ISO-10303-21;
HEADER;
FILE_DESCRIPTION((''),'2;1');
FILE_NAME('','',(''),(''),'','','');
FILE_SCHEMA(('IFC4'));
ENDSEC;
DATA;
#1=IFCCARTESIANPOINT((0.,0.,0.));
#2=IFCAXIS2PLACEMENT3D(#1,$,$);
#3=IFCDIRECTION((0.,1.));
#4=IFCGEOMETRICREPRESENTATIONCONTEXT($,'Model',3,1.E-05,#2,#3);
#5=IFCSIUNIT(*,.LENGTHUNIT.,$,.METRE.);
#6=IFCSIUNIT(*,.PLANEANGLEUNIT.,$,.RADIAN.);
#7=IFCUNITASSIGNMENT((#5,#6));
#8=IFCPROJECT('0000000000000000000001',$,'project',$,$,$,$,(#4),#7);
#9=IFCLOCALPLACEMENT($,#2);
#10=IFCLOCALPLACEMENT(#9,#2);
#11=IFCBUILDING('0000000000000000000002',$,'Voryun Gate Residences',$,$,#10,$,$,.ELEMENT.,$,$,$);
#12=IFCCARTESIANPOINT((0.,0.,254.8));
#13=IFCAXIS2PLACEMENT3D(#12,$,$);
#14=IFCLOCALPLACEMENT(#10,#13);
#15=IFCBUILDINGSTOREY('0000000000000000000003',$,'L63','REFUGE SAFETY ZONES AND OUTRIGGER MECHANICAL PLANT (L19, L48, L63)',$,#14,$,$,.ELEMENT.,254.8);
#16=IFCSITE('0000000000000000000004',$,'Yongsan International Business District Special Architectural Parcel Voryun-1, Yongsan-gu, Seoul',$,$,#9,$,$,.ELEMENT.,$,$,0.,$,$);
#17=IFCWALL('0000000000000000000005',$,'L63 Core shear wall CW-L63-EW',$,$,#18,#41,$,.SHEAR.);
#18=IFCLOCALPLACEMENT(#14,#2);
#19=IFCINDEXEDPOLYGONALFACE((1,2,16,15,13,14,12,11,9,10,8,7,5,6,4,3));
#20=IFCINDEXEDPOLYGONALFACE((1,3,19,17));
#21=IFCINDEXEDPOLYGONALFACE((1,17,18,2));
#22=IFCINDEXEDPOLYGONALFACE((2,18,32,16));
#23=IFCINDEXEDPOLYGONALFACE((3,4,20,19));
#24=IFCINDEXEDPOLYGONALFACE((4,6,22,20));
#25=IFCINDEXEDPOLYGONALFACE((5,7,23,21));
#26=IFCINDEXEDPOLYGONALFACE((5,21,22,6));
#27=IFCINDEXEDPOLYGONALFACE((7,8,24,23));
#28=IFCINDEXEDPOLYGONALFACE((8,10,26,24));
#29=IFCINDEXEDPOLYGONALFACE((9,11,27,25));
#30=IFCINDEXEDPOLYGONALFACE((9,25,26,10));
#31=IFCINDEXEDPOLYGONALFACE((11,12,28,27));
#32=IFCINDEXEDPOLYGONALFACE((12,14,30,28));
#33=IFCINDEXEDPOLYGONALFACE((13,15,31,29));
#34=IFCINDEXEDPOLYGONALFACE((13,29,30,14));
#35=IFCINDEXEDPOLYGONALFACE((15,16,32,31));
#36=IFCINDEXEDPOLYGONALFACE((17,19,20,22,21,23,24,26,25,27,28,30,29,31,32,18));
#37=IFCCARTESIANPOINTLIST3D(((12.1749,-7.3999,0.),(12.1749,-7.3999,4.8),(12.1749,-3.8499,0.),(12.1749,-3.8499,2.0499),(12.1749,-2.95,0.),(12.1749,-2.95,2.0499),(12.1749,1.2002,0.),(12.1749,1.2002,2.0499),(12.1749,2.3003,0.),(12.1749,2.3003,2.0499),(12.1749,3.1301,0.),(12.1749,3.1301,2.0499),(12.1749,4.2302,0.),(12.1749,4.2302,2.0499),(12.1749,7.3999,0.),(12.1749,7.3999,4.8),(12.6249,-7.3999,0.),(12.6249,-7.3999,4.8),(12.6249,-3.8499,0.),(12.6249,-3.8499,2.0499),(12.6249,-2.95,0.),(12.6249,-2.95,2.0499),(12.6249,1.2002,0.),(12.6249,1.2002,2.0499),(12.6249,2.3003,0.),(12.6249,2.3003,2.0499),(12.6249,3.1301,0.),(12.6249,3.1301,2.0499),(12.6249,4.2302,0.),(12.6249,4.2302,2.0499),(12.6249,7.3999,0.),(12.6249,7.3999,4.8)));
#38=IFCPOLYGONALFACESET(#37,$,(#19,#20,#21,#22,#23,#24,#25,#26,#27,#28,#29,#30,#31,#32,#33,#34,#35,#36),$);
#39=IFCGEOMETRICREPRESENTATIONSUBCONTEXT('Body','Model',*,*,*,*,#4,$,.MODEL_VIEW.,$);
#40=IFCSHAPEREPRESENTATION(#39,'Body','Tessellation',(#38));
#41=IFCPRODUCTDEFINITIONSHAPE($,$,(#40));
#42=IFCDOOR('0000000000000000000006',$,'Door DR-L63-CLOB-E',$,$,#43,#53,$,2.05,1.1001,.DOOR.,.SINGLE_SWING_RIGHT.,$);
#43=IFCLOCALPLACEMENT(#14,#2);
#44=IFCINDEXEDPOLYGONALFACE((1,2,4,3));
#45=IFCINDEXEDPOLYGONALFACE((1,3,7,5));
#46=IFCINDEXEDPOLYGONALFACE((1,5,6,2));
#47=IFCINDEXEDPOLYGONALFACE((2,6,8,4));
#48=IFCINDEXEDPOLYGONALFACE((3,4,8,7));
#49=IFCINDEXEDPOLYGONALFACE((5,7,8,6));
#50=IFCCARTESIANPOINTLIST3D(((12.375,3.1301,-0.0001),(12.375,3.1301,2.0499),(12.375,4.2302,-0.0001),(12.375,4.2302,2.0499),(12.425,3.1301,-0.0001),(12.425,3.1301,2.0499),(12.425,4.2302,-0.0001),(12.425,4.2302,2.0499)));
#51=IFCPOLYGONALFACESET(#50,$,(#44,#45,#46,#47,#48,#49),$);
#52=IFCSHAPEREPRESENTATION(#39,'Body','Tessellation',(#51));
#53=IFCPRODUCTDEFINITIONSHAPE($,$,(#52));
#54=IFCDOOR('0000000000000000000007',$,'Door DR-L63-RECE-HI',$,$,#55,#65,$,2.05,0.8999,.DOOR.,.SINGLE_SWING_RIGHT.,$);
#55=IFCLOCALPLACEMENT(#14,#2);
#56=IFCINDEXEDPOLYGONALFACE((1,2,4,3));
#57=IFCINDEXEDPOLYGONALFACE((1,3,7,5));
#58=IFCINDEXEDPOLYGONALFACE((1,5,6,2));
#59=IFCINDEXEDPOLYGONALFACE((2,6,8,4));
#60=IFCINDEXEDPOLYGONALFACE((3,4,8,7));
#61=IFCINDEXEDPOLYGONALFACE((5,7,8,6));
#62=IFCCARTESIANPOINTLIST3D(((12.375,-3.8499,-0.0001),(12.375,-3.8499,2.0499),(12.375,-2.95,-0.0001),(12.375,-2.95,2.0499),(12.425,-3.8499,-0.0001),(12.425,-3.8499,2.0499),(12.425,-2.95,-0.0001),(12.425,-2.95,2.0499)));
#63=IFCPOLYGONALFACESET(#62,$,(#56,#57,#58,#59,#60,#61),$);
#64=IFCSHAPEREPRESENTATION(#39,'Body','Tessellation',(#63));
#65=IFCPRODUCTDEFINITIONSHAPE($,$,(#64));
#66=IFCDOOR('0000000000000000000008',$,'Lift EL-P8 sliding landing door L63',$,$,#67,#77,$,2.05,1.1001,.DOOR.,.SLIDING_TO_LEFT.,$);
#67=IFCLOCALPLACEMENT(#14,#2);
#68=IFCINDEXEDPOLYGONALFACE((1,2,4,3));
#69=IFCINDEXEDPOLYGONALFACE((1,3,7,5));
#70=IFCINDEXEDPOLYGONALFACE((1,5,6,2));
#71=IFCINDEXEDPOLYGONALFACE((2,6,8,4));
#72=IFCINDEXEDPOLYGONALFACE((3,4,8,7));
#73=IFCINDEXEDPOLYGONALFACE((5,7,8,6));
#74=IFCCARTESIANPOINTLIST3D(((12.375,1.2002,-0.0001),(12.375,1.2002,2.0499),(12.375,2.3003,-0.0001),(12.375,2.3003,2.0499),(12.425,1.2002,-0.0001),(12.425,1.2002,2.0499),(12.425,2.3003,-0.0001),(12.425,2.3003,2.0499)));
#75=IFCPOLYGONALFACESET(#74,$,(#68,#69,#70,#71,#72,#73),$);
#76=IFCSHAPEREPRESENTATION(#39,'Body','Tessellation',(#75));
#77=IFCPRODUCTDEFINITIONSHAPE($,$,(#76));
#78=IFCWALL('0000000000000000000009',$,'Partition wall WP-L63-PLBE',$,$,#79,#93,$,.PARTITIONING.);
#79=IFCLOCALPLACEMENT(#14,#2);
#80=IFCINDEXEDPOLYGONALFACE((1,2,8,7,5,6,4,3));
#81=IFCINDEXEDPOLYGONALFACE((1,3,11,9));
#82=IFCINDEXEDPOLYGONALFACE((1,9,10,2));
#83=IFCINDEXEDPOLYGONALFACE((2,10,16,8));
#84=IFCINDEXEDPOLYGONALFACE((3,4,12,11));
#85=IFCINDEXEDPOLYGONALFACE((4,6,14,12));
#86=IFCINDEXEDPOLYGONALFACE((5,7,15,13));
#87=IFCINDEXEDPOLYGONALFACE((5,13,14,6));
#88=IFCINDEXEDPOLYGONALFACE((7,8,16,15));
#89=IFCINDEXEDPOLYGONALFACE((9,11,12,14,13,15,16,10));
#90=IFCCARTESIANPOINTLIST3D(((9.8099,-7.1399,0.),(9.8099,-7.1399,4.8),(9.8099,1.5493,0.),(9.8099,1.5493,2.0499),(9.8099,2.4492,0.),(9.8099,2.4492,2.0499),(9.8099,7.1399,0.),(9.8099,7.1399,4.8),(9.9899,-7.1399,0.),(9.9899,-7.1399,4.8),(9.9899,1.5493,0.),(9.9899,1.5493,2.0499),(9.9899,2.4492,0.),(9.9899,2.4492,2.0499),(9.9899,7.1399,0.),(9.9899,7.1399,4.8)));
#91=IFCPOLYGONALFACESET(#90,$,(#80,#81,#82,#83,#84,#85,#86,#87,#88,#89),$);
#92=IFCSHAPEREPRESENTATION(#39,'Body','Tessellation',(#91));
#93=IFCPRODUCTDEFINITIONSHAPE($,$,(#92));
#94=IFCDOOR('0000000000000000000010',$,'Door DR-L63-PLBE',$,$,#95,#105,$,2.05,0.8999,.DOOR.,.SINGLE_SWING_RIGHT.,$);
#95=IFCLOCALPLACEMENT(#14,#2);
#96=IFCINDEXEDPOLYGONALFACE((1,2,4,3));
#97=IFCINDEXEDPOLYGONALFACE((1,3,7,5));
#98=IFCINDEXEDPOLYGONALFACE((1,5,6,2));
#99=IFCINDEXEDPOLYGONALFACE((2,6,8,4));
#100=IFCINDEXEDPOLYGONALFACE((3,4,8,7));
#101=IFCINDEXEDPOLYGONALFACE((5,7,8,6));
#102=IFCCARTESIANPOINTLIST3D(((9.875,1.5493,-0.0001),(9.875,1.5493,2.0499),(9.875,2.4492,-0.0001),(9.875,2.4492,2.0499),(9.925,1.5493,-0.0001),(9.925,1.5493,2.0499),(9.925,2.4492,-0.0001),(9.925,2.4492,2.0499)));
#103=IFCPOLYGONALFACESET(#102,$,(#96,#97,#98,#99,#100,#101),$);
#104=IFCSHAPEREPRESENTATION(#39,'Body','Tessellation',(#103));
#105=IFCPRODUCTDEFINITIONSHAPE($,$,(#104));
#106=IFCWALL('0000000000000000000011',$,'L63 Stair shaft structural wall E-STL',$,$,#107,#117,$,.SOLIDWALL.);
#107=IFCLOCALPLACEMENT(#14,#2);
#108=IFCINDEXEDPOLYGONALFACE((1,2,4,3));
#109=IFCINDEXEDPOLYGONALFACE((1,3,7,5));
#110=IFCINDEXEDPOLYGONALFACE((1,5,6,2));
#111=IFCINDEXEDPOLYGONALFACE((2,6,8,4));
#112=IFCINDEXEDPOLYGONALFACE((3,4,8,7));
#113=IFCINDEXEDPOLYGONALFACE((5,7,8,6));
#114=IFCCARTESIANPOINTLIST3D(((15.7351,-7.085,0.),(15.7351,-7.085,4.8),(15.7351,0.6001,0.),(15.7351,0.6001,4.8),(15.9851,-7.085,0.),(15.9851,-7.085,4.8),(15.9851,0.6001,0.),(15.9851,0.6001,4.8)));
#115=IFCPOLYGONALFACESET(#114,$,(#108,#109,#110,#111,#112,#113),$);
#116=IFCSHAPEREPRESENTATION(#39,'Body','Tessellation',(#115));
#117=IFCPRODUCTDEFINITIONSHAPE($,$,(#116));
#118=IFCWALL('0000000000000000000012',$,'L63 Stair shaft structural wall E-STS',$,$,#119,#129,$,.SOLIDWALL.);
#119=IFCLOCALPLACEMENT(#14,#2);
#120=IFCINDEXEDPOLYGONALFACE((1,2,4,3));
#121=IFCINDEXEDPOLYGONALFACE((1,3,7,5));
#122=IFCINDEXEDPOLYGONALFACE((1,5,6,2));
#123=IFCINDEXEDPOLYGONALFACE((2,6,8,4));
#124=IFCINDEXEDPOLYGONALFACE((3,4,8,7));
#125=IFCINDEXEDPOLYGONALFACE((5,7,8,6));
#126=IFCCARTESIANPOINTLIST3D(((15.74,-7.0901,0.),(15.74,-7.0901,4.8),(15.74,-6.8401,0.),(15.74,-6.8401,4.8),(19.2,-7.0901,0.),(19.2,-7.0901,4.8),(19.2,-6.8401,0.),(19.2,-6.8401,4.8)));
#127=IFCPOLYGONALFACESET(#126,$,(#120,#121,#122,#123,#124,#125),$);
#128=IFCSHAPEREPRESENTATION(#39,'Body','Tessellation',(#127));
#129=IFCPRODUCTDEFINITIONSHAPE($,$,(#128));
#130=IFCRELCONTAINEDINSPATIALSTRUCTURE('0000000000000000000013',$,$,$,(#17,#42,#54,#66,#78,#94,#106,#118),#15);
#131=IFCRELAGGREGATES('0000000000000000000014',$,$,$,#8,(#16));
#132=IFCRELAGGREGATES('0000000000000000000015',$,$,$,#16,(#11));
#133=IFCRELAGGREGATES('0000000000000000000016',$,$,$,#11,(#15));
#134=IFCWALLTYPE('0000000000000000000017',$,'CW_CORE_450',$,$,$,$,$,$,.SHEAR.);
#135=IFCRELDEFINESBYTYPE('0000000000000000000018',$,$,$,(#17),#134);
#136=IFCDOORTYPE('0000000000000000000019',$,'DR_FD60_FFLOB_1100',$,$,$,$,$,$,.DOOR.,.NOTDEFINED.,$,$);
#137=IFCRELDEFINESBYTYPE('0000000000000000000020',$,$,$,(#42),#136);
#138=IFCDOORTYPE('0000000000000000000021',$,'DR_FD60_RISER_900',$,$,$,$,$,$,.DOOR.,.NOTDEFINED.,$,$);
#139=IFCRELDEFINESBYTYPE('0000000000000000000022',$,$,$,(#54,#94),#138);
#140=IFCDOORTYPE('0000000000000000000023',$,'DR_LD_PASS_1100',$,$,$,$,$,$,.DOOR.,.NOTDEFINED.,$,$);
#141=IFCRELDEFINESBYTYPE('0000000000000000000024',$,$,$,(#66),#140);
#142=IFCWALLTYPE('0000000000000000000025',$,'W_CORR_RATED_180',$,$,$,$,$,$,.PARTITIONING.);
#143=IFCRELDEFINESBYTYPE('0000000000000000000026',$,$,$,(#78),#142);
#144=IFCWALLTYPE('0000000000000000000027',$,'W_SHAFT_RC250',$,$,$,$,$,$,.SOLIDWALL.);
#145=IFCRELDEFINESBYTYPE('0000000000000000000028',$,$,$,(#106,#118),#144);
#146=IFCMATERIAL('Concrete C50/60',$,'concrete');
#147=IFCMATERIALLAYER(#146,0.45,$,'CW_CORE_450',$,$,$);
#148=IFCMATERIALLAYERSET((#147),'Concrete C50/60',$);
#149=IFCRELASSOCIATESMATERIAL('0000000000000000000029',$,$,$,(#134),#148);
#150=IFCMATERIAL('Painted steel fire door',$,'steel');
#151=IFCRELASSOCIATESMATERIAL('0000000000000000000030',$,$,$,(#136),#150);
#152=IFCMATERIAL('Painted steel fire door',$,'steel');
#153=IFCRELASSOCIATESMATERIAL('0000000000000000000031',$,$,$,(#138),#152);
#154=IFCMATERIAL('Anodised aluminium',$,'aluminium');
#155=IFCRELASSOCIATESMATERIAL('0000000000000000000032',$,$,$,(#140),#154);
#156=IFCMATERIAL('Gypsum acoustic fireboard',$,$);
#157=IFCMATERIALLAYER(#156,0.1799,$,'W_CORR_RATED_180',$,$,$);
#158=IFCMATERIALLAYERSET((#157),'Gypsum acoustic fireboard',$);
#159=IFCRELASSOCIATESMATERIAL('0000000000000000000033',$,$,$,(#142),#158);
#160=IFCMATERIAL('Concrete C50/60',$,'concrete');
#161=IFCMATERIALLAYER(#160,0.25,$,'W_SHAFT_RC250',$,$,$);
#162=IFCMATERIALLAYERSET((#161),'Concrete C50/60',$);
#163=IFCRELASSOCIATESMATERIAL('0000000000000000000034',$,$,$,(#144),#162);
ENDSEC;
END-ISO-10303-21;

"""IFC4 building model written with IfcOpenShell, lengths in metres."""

from ifc_helpers import new_model, si_unit, direction, frame, frame_2d, origin, place, context, subcontext, project, spatial, rectangle, extrude, material, layer, layer_set, type_object, element, fill, save


model = new_model("IFC4")

# Units and contexts
model_context = context("Model", 3, precision=1e-05, world=origin(), true_north=direction((0.0, 1.0)))
body_context = subcontext(model_context, "Body", "Model", "MODEL_VIEW")
ifc_project = project(units=[si_unit("LENGTHUNIT", "METRE"), si_unit("PLANEANGLEUNIT", "RADIAN")], contexts=[model_context])

# Site, building, storey
site_placement = place(None, origin())
site = spatial("IfcSite", under=ifc_project, at=site_placement, Name="Yongsan International Business District Special Architectural Parcel Voryun-1, Yongsan-gu, Seoul", CompositionType="ELEMENT", RefElevation=0.0)
building_placement = place(site_placement, origin())
building = spatial("IfcBuilding", under=site, at=building_placement, Name="Voryun Gate Residences", CompositionType="ELEMENT")
storey_placement = place(building_placement, frame((0.0, 0.0, 254.8)))
storey = spatial("IfcBuildingStorey", under=building, at=storey_placement, Name="L63", Description="REFUGE SAFETY ZONES AND OUTRIGGER MECHANICAL PLANT (L19, L48, L63)", CompositionType="ELEMENT", Elevation=254.8)

# Shared definitions
ifc_material_1 = material(Name="Concrete C50/60", Category="concrete")
ifc_layer_1 = layer(ifc_material_1, 0.45, Name="CW_CORE_450")
ifc_layer_set_1 = layer_set([ifc_layer_1], Name="Concrete C50/60")
wall_type_1 = type_object("IfcWallType", Name="CW_CORE_450", PredefinedType="SHEAR", material=ifc_layer_set_1)

# Wall, openings, doors
wall_1_placement = place(storey_placement, frame((12.3999, -7.3999, 0.0), z_axis=(0.0, 0.0, 1.0), x_axis=(0.0, 1.0, 0.0)))
wall_1 = element("IfcWall", 1, at=wall_1_placement, inside=storey, type_object=wall_type_1, Name="L63 Core shear wall CW-L63-EW", PredefinedType="SHEAR", context=body_context, shape_type="SweptSolid", body=[
    extrude(rectangle(XDim=14.7998, YDim=0.45, at=frame_2d((7.3999, 0.0))), origin(), (0.0, 0.0, 1.0), 4.8),
])
opening_1_placement = place(wall_1_placement, frame((8.6001, 0.0, 0.0)))
opening_1 = element("IfcOpeningElement", 2, at=opening_1_placement, cuts=wall_1, PredefinedType="OPENING", context=body_context, shape_type="SweptSolid", body=[
    extrude(rectangle(XDim=1.1001, YDim=2.05, at=frame_2d((0.55, 1.0249))), frame((0.0, 0.2351, 0.0), z_axis=(0.0, -1.0, 0.0), x_axis=(1.0, 0.0, 0.0)), (0.0, 0.0, 1.0), 0.47),
])
opening_2_placement = place(wall_1_placement, frame((10.53, 0.0, 0.0)))
opening_2 = element("IfcOpeningElement", 3, at=opening_2_placement, cuts=wall_1, PredefinedType="OPENING", context=body_context, shape_type="SweptSolid", body=[
    extrude(rectangle(XDim=1.1001, YDim=2.05, at=frame_2d((0.55, 1.0249))), frame((0.0, 0.2351, 0.0), z_axis=(0.0, -1.0, 0.0), x_axis=(1.0, 0.0, 0.0)), (0.0, 0.0, 1.0), 0.47),
])
opening_3_placement = place(wall_1_placement, frame((3.55, 0.0, 0.0)))
opening_3 = element("IfcOpeningElement", 4, at=opening_3_placement, cuts=wall_1, PredefinedType="OPENING", context=body_context, shape_type="SweptSolid", body=[
    extrude(rectangle(XDim=0.8999, YDim=2.05, at=frame_2d((0.45, 1.0249))), frame((0.0, 0.2351, 0.0), z_axis=(0.0, -1.0, 0.0), x_axis=(1.0, 0.0, 0.0)), (0.0, 0.0, 1.0), 0.47),
])
ifc_material_2 = material(Name="Painted steel fire door", Category="steel")
door_type_1 = type_object("IfcDoorType", Name="DR_FD60_FFLOB_1100", OperationType="NOTDEFINED", PredefinedType="DOOR", material=ifc_material_2)
door_1_placement = place(opening_2_placement, origin())
door_1 = element("IfcDoor", 5, at=door_1_placement, inside=storey, type_object=door_type_1, Name="Door DR-L63-CLOB-E", OperationType="SINGLE_SWING_RIGHT", OverallHeight=2.05, OverallWidth=1.1001, PredefinedType="DOOR", context=body_context, shape_type="SweptSolid", body=[
    extrude(rectangle(XDim=1.1001, YDim=2.05, at=frame_2d((0.55, 1.0249))), frame((0.0, 0.0249, 0.0), z_axis=(0.0, -1.0, 0.0), x_axis=(1.0, 0.0, 0.0)), (0.0, 0.0, 1.0), 0.05),
])
fill(opening_2, door_1)
ifc_material_3 = material(Name="Painted steel fire door", Category="steel")
door_type_2 = type_object("IfcDoorType", Name="DR_FD60_RISER_900", OperationType="NOTDEFINED", PredefinedType="DOOR", material=ifc_material_3)
door_2_placement = place(opening_3_placement, origin())
door_2 = element("IfcDoor", 6, at=door_2_placement, inside=storey, type_object=door_type_2, Name="Door DR-L63-RECE-HI", OperationType="SINGLE_SWING_RIGHT", OverallHeight=2.05, OverallWidth=0.8999, PredefinedType="DOOR", context=body_context, shape_type="SweptSolid", body=[
    extrude(rectangle(XDim=0.8999, YDim=2.05, at=frame_2d((0.45, 1.0249))), frame((0.0, 0.0249, 0.0), z_axis=(0.0, -1.0, 0.0), x_axis=(1.0, 0.0, 0.0)), (0.0, 0.0, 1.0), 0.05),
])
fill(opening_3, door_2)
ifc_material_4 = material(Name="Anodised aluminium", Category="aluminium")
door_type_3 = type_object("IfcDoorType", Name="DR_LD_PASS_1100", OperationType="NOTDEFINED", PredefinedType="DOOR", material=ifc_material_4)
door_3_placement = place(opening_1_placement, origin())
door_3 = element("IfcDoor", 7, at=door_3_placement, inside=storey, type_object=door_type_3, Name="Lift EL-P8 sliding landing door L63", OperationType="SLIDING_TO_LEFT", OverallHeight=2.05, OverallWidth=1.1001, PredefinedType="DOOR", context=body_context, shape_type="SweptSolid", body=[
    extrude(rectangle(XDim=1.1001, YDim=2.05, at=frame_2d((0.55, 1.0249))), frame((0.0, 0.0249, 0.0), z_axis=(0.0, -1.0, 0.0), x_axis=(1.0, 0.0, 0.0)), (0.0, 0.0, 1.0), 0.05),
])
fill(opening_1, door_3)

# Wall, opening, door
ifc_material_5 = material(Name="Gypsum acoustic fireboard")
ifc_layer_2 = layer(ifc_material_5, 0.1799, Name="W_CORR_RATED_180")
ifc_layer_set_2 = layer_set([ifc_layer_2], Name="Gypsum acoustic fireboard")
wall_type_2 = type_object("IfcWallType", Name="W_CORR_RATED_180", PredefinedType="PARTITIONING", material=ifc_layer_set_2)
wall_2_placement = place(storey_placement, frame((9.8999, -7.1399, 0.0), z_axis=(0.0, 0.0, 1.0), x_axis=(0.0, 1.0, 0.0)))
wall_2 = element("IfcWall", 8, at=wall_2_placement, inside=storey, type_object=wall_type_2, Name="Partition wall WP-L63-PLBE", PredefinedType="PARTITIONING", context=body_context, shape_type="SweptSolid", body=[
    extrude(rectangle(XDim=14.2798, YDim=0.1799, at=frame_2d((7.1399, 0.0))), origin(), (0.0, 0.0, 1.0), 4.8),
])
opening_4_placement = place(wall_2_placement, frame((8.6892, 0.0, 0.0)))
opening_4 = element("IfcOpeningElement", 9, at=opening_4_placement, cuts=wall_2, PredefinedType="OPENING", context=body_context, shape_type="SweptSolid", body=[
    extrude(rectangle(XDim=0.8999, YDim=2.05, at=frame_2d((0.45, 1.0249))), frame((0.0, 0.0999, 0.0), z_axis=(0.0, -1.0, 0.0), x_axis=(1.0, 0.0, 0.0)), (0.0, 0.0, 1.0), 0.2),
])
door_4_placement = place(opening_4_placement, origin())
door_4 = element("IfcDoor", 10, at=door_4_placement, inside=storey, type_object=door_type_2, Name="Door DR-L63-PLBE", OperationType="SINGLE_SWING_RIGHT", OverallHeight=2.05, OverallWidth=0.8999, PredefinedType="DOOR", context=body_context, shape_type="SweptSolid", body=[
    extrude(rectangle(XDim=0.8999, YDim=2.05, at=frame_2d((0.45, 1.0249))), frame((0.0, 0.0249, 0.0), z_axis=(0.0, -1.0, 0.0), x_axis=(1.0, 0.0, 0.0)), (0.0, 0.0, 1.0), 0.05),
])
fill(opening_4, door_4)

# Walls
ifc_material_6 = material(Name="Concrete C50/60", Category="concrete")
ifc_layer_3 = layer(ifc_material_6, 0.25, Name="W_SHAFT_RC250")
ifc_layer_set_3 = layer_set([ifc_layer_3], Name="Concrete C50/60")
wall_type_3 = type_object("IfcWallType", Name="W_SHAFT_RC250", PredefinedType="SOLIDWALL", material=ifc_layer_set_3)
wall_3_placement = place(storey_placement, frame((15.8601, -7.085, 0.0), z_axis=(0.0, 0.0, 1.0), x_axis=(0.0, 1.0, 0.0)))
element("IfcWall", 11, at=wall_3_placement, inside=storey, type_object=wall_type_3, Name="L63 Stair shaft structural wall E-STL", PredefinedType="SOLIDWALL", context=body_context, shape_type="SweptSolid", body=[
    extrude(rectangle(XDim=7.6851, YDim=0.25, at=frame_2d((3.8425, 0.0))), origin(), (0.0, 0.0, 1.0), 4.8),
])
wall_4_placement = place(storey_placement, frame((15.74, -6.9651, 0.0), z_axis=(0.0, 0.0, 1.0), x_axis=(1.0, 0.0, 0.0)))
element("IfcWall", 12, at=wall_4_placement, inside=storey, type_object=wall_type_3, Name="L63 Stair shaft structural wall E-STS", PredefinedType="SOLIDWALL", context=body_context, shape_type="SweptSolid", body=[
    extrude(rectangle(XDim=3.46, YDim=0.25, at=frame_2d((1.73, 0.0))), origin(), (0.0, 0.0, 1.0), 4.8),
])

save(model, "model.ifc")
